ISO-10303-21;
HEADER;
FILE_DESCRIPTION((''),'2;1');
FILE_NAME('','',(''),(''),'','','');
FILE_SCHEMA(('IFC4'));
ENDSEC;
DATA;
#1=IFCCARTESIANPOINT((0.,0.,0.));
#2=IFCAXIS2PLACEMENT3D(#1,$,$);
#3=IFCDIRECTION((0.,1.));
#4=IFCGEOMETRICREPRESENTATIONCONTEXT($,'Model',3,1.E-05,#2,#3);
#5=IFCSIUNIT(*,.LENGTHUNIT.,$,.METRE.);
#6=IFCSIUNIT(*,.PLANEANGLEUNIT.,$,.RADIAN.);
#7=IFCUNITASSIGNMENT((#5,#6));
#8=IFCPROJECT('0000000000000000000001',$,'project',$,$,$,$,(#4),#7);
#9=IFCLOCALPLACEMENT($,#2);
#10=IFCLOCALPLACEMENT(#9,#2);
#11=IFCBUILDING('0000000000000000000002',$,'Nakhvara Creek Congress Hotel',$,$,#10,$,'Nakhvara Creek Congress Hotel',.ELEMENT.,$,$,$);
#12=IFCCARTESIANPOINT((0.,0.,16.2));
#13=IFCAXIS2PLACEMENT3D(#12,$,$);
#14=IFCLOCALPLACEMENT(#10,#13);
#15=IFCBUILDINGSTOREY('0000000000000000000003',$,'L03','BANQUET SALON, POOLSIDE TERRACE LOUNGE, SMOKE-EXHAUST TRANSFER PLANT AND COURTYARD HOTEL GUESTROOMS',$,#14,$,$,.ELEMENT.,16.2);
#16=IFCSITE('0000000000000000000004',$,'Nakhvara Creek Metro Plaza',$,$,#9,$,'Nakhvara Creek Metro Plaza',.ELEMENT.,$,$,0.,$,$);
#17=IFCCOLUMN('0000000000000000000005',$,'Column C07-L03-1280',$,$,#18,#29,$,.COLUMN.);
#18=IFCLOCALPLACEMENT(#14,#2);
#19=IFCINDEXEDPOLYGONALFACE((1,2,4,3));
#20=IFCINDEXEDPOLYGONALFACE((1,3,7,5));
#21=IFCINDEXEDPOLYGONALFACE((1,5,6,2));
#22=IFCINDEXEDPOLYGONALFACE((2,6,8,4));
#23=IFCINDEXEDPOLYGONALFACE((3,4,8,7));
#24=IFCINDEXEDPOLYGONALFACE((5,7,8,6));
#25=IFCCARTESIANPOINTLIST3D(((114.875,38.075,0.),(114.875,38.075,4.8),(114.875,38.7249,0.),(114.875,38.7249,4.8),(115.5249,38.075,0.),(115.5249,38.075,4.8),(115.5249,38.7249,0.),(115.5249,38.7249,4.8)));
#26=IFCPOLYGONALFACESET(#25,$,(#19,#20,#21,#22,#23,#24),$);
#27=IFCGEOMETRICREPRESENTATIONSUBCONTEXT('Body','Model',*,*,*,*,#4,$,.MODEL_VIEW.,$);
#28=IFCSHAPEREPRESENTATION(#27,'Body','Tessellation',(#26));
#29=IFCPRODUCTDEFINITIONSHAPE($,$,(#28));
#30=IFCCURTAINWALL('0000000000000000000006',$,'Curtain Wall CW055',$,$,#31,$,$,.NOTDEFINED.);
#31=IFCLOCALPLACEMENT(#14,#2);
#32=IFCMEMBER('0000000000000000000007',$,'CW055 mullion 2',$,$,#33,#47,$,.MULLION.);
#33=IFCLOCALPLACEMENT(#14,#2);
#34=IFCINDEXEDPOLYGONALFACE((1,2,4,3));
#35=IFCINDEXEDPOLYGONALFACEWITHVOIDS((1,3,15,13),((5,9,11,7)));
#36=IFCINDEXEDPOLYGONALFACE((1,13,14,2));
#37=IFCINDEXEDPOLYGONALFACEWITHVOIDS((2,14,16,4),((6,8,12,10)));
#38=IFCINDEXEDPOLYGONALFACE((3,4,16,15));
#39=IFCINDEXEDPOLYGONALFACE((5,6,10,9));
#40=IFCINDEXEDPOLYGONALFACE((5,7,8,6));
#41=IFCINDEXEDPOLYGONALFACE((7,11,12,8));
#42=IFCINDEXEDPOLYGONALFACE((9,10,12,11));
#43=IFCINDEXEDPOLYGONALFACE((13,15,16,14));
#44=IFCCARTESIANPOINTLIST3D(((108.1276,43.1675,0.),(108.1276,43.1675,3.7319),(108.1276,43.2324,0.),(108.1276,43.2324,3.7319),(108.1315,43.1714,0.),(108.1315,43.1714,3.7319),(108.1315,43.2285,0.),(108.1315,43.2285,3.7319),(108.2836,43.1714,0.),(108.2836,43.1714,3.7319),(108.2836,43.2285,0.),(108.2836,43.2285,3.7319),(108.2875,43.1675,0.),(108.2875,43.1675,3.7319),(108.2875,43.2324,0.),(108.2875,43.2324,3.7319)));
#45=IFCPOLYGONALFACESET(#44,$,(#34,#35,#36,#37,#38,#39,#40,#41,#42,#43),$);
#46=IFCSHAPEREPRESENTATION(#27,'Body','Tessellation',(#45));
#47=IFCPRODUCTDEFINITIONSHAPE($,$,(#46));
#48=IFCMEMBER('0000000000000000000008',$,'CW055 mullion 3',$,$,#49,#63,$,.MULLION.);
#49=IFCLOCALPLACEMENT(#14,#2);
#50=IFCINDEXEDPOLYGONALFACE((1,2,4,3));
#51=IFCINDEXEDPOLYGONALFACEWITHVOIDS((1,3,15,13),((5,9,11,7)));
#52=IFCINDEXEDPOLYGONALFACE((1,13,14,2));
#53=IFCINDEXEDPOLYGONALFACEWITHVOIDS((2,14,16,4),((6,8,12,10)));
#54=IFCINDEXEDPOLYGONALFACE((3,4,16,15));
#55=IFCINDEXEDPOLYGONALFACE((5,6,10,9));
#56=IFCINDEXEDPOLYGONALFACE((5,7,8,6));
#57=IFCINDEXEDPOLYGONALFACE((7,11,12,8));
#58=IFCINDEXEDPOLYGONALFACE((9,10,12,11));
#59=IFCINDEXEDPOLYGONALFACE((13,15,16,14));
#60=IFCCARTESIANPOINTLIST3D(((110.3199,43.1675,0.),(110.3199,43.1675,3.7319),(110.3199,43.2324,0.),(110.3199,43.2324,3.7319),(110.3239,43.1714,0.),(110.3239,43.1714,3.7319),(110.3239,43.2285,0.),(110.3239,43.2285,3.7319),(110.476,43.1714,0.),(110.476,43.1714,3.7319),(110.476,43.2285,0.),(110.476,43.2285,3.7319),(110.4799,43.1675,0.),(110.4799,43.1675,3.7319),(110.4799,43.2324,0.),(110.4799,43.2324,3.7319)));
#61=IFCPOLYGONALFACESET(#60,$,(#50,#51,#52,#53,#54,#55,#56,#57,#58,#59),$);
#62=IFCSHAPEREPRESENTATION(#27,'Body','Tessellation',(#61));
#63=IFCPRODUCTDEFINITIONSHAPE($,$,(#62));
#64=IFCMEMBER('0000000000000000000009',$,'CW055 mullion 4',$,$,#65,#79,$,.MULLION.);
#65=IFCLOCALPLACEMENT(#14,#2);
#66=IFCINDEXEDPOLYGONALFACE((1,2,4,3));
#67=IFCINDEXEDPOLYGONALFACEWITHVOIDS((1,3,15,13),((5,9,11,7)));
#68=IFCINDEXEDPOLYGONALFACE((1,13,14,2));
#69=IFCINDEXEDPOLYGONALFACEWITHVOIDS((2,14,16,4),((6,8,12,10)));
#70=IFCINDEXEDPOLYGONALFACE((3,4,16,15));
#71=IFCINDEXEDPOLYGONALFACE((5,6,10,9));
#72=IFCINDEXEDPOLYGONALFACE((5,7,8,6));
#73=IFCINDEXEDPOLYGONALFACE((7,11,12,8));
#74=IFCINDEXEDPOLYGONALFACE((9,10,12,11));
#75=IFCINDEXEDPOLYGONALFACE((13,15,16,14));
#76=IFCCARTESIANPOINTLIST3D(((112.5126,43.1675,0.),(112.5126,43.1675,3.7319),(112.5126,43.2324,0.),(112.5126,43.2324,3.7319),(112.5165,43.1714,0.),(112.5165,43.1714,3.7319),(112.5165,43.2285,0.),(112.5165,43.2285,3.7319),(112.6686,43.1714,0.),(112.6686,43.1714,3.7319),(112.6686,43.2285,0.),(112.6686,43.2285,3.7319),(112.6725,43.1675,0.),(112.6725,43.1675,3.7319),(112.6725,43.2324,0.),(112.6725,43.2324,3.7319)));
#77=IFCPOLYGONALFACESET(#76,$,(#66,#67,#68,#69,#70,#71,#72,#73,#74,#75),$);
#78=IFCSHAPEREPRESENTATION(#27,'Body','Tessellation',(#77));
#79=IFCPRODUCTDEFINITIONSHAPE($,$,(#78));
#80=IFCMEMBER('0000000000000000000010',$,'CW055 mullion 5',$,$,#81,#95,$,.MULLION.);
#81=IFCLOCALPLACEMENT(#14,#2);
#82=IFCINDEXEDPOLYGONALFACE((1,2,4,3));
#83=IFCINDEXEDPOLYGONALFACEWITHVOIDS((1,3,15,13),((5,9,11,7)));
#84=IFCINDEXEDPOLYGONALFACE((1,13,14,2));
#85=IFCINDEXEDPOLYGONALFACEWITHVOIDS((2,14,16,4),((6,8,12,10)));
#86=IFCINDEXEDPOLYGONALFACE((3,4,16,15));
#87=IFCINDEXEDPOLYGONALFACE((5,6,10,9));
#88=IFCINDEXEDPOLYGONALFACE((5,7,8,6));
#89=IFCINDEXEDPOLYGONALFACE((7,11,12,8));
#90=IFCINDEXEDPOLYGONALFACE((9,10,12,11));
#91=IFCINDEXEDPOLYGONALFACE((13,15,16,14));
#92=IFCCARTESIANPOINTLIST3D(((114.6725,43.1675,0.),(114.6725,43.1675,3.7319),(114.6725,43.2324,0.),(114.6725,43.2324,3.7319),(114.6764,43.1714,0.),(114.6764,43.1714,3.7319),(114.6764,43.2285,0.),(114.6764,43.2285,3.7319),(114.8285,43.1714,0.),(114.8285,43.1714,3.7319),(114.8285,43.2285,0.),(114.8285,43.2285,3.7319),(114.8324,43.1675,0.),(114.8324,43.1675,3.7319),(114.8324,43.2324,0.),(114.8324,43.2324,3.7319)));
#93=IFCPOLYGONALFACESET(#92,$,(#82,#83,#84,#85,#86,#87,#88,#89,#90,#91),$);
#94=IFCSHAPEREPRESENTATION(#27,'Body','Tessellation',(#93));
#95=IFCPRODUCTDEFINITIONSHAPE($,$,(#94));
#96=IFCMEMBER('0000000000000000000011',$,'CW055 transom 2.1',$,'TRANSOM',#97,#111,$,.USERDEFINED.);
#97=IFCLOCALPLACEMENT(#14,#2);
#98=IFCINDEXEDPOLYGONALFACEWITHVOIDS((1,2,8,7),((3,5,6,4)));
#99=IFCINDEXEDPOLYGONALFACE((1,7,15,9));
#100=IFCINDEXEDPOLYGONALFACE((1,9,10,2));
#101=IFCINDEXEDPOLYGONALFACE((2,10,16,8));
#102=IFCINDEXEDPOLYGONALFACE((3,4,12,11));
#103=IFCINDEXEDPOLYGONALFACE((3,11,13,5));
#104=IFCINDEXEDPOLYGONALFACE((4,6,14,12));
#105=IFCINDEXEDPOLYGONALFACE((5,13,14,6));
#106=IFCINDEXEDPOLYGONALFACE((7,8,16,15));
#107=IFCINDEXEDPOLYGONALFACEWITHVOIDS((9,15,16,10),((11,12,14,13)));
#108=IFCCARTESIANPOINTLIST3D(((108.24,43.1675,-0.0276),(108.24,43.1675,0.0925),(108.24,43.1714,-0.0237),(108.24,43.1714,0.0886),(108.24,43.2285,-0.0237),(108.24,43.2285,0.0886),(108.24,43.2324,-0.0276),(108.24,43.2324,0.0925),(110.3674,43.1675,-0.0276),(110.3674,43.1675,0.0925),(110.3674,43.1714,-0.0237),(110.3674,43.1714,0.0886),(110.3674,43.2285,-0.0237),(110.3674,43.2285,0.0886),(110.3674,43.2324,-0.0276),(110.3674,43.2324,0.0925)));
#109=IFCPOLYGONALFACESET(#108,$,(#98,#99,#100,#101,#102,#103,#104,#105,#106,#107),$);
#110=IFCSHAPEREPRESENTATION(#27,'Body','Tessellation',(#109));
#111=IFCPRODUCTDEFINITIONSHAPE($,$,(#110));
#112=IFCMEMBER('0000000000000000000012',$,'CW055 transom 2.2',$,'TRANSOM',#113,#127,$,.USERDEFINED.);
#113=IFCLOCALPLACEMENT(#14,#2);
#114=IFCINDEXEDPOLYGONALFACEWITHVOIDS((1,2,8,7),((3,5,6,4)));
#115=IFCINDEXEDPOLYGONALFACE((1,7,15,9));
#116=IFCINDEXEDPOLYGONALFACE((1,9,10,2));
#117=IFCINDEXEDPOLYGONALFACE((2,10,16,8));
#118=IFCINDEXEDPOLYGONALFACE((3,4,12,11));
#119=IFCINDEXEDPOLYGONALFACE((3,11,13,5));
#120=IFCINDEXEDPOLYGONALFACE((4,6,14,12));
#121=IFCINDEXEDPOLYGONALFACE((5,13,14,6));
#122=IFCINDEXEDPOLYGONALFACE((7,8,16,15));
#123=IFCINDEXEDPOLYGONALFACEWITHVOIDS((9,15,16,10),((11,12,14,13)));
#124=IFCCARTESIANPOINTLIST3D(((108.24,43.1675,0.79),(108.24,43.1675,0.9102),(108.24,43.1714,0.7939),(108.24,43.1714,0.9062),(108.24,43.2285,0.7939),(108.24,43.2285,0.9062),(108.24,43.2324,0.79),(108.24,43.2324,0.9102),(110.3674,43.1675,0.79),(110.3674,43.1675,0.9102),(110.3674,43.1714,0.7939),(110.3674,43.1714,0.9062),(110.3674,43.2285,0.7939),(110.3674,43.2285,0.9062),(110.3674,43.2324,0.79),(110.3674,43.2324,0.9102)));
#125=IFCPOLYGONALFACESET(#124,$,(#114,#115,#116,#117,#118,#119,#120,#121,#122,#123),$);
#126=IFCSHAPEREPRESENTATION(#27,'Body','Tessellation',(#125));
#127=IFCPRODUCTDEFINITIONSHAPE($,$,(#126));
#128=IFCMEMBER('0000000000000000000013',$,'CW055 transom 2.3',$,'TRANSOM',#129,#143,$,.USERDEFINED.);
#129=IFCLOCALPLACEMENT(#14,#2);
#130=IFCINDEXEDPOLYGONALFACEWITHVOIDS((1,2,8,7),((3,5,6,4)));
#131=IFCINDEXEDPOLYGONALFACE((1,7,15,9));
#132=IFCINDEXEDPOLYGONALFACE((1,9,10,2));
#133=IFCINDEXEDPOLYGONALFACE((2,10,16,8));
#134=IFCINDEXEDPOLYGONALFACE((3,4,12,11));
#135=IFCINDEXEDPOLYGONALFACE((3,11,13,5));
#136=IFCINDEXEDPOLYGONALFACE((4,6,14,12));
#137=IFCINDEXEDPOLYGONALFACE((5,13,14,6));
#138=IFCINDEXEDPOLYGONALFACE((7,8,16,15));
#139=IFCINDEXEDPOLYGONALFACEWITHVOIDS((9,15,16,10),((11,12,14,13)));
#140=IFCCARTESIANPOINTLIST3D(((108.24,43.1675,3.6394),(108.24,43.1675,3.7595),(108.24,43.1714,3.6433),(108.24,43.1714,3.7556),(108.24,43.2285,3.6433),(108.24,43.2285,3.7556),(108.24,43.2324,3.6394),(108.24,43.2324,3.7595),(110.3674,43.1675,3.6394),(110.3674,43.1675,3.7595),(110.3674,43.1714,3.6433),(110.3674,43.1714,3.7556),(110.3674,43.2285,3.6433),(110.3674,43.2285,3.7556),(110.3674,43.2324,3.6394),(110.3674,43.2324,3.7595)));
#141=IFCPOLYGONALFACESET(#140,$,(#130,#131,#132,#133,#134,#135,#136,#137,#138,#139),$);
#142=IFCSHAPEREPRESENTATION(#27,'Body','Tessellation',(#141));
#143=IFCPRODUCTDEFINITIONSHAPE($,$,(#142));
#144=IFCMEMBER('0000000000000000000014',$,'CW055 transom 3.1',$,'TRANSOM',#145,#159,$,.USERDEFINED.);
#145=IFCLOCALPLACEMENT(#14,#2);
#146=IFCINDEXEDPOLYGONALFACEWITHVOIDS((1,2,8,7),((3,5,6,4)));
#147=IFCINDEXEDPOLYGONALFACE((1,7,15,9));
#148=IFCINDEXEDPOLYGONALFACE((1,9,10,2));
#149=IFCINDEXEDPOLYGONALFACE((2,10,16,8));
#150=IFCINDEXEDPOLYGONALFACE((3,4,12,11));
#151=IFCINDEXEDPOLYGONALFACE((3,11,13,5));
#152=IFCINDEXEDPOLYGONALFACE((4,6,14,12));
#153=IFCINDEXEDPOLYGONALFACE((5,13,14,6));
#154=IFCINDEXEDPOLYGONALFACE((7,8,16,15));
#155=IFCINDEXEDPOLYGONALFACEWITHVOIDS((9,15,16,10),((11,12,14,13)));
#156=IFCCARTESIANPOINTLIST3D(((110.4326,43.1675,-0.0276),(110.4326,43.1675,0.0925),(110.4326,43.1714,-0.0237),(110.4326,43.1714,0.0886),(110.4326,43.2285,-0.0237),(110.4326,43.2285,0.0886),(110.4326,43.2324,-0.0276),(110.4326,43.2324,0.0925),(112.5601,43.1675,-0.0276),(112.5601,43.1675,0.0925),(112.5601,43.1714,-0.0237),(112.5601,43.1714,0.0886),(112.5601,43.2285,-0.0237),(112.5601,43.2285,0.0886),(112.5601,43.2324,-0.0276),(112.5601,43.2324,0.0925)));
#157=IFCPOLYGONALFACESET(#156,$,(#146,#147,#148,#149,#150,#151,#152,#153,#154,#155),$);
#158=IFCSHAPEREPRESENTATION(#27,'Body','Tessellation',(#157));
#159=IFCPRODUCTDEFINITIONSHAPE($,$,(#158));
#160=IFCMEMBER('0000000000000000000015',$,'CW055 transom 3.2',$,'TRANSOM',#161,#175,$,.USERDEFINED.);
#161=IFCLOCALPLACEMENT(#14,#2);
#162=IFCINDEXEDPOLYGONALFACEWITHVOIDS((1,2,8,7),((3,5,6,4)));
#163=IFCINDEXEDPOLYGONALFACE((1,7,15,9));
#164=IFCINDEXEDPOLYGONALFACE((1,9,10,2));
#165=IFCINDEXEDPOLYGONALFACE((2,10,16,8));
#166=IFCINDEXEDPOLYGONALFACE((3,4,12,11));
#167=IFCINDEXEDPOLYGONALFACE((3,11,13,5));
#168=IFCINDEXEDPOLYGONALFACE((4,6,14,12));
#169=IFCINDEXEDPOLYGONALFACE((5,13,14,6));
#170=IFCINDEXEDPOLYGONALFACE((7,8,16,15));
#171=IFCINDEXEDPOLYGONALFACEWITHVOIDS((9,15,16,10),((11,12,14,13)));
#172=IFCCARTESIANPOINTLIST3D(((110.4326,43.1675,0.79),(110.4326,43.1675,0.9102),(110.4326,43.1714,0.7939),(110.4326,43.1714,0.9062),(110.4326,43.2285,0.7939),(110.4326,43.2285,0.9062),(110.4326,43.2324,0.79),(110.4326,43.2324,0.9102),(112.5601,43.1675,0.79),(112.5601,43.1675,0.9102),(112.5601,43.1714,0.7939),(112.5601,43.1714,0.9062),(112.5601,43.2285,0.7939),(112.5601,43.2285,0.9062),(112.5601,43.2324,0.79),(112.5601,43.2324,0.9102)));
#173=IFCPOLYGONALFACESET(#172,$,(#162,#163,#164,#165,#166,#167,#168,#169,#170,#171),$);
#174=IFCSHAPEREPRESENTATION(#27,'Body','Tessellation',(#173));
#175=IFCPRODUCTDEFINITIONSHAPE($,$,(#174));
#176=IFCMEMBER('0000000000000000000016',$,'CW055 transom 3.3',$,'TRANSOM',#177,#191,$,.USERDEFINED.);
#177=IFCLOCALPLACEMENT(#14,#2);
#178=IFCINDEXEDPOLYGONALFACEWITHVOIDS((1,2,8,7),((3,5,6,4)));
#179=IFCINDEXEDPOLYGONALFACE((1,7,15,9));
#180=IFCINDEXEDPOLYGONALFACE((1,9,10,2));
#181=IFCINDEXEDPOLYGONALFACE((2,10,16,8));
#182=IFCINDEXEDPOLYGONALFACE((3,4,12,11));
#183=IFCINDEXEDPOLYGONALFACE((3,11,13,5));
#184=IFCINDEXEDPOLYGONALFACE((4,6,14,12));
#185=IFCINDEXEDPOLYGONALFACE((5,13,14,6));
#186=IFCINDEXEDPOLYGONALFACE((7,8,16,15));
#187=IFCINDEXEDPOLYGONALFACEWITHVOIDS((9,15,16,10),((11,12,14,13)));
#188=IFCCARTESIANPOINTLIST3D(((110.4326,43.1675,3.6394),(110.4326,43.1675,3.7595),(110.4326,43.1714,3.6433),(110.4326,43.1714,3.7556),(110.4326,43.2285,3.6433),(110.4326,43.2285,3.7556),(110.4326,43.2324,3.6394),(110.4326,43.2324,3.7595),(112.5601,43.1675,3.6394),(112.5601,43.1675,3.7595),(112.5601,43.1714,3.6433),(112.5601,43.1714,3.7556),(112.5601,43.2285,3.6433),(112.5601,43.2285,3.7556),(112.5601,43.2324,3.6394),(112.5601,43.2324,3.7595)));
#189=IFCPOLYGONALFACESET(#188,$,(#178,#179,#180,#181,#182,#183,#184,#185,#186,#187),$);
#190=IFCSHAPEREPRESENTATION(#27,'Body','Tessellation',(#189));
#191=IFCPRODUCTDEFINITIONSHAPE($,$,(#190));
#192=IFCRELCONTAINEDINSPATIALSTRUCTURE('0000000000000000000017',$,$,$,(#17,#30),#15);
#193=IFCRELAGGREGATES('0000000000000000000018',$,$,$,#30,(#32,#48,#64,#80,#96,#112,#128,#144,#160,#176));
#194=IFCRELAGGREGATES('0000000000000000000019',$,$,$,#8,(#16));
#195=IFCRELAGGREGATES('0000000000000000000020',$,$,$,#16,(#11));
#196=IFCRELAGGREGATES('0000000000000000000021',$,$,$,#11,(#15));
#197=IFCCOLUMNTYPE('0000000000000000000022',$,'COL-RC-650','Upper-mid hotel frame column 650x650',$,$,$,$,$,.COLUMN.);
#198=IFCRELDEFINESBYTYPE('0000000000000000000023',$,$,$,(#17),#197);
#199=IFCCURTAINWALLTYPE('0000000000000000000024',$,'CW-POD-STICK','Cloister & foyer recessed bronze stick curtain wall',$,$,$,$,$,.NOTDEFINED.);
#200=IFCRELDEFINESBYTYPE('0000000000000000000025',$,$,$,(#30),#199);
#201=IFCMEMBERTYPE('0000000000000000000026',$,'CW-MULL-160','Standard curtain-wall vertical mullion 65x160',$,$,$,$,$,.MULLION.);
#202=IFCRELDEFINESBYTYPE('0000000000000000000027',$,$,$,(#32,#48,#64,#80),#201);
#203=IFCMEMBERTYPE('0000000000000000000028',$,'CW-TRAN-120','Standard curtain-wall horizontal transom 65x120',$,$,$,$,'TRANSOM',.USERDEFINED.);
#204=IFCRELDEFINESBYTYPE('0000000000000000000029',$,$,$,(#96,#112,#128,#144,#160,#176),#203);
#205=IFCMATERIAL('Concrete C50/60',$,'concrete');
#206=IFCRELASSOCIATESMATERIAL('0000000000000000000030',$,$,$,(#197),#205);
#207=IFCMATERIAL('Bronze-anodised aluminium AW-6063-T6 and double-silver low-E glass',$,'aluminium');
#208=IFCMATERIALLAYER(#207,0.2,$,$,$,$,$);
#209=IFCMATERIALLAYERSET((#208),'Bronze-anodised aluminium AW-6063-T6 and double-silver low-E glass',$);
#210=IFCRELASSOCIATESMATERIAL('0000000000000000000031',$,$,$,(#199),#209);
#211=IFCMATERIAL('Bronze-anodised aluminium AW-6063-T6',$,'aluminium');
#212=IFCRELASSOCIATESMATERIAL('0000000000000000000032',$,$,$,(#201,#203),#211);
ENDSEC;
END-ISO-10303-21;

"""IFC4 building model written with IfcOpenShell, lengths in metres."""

from ifc_helpers import new_model, si_unit, direction, frame, origin, origin_2d, place, context, subcontext, project, spatial, rectangle, hollow_rectangle, extrude, material, layer, layer_set, material_profile, profile_set, type_object, element, aggregate, save


model = new_model("IFC4")

# Units and contexts
model_context = context("Model", 3, precision=1e-05, world=origin(), true_north=direction((0.0, 1.0)))
body_context = subcontext(model_context, "Body", "Model", "MODEL_VIEW")
ifc_project = project(units=[si_unit("LENGTHUNIT", "METRE"), si_unit("PLANEANGLEUNIT", "RADIAN")], contexts=[model_context])

# Site, building, storey
site_placement = place(None, origin())
site = spatial("IfcSite", under=ifc_project, at=site_placement, Name="Nakhvara Creek Metro Plaza", LongName="Nakhvara Creek Metro Plaza", CompositionType="ELEMENT", RefElevation=0.0)
building_placement = place(site_placement, origin())
building = spatial("IfcBuilding", under=site, at=building_placement, Name="Nakhvara Creek Congress Hotel", LongName="Nakhvara Creek Congress Hotel", CompositionType="ELEMENT")
storey_placement = place(building_placement, frame((0.0, 0.0, 16.2)))
storey = spatial("IfcBuildingStorey", under=building, at=storey_placement, Name="L03", Description="BANQUET SALON, POOLSIDE TERRACE LOUNGE, SMOKE-EXHAUST TRANSFER PLANT AND COURTYARD HOTEL GUESTROOMS", CompositionType="ELEMENT", Elevation=16.2)

# Column
ifc_material_1 = material(Name="Concrete C50/60", Category="concrete")
ifc_material_profile_1 = material_profile(ifc_material_1, rectangle(XDim=0.6499, YDim=0.6499, at=origin_2d()), Name="RC-COL 650x650", Category="LoadBearing")
ifc_profile_set_1 = profile_set([ifc_material_profile_1], Name="Concrete C50/60")
column_type = type_object("IfcColumnType", Name="COL-RC-650", Description="Upper-mid hotel frame column 650x650", PredefinedType="COLUMN", material=ifc_profile_set_1)
column_placement = place(storey_placement, frame((115.2, 38.3999, 0.0), z_axis=(0.0, 0.0, 1.0), x_axis=(1.0, 0.0, 0.0)))
element("IfcColumn", 1, at=column_placement, inside=storey, type_object=column_type, Name="Column C07-L03-1280", PredefinedType="COLUMN", context=body_context, shape_type="SweptSolid", body=[
    extrude(rectangle(XDim=0.6499, YDim=0.6499, at=origin_2d()), origin(), (0.0, 0.0, 1.0), 4.8),
])

# Curtain wall, members
ifc_material_2 = material(Name="Bronze-anodised aluminium AW-6063-T6 and double-silver low-E glass", Category="aluminium")
ifc_layer = layer(ifc_material_2, 0.2)
ifc_layer_set = layer_set([ifc_layer], Name="Bronze-anodised aluminium AW-6063-T6 and double-silver low-E glass")
curtain_wall_type = type_object("IfcCurtainWallType", Name="CW-POD-STICK", Description="Cloister & foyer recessed bronze stick curtain wall", PredefinedType="NOTDEFINED", material=ifc_layer_set)
curtain_wall_placement = place(storey_placement, origin())
curtain_wall = element("IfcCurtainWall", 2, at=curtain_wall_placement, inside=storey, type_object=curtain_wall_type, Name="Curtain Wall CW055", PredefinedType="NOTDEFINED")
ifc_material_3 = material(Name="Bronze-anodised aluminium AW-6063-T6", Category="aluminium")
ifc_material_profile_2 = material_profile(ifc_material_3, hollow_rectangle(XDim=0.0649, YDim=0.1599, WallThickness=0.0039, at=origin_2d()), Name="ALU-MULL 65x160x4", Category="LoadBearing")
ifc_profile_set_2 = profile_set([ifc_material_profile_2], Name="Bronze-anodised aluminium AW-6063-T6")
member_type_1 = type_object("IfcMemberType", Name="CW-MULL-160", Description="Standard curtain-wall vertical mullion 65x160", PredefinedType="MULLION", material=ifc_profile_set_2)
member_1_placement = place(storey_placement, frame((108.2075, 43.2, 0.0), z_axis=(0.0, 0.0, 1.0), x_axis=(0.0, 1.0, 0.0)))
member_1 = element("IfcMember", 3, at=member_1_placement, type_object=member_type_1, Name="CW055 mullion 2", PredefinedType="MULLION", context=body_context, shape_type="SweptSolid", body=[
    extrude(hollow_rectangle(XDim=0.0649, YDim=0.1599, WallThickness=0.0039, at=origin_2d()), origin(), (0.0, 0.0, 1.0), 3.7319),
])
member_2_placement = place(storey_placement, frame((110.3999, 43.2, 0.0), z_axis=(0.0, 0.0, 1.0), x_axis=(0.0, 1.0, 0.0)))
member_2 = element("IfcMember", 4, at=member_2_placement, type_object=member_type_1, Name="CW055 mullion 3", PredefinedType="MULLION", context=body_context, shape_type="SweptSolid", body=[
    extrude(hollow_rectangle(XDim=0.0649, YDim=0.1599, WallThickness=0.0039, at=origin_2d()), origin(), (0.0, 0.0, 1.0), 3.7319),
])
member_3_placement = place(storey_placement, frame((112.5925, 43.2, 0.0), z_axis=(0.0, 0.0, 1.0), x_axis=(0.0, 1.0, 0.0)))
member_3 = element("IfcMember", 5, at=member_3_placement, type_object=member_type_1, Name="CW055 mullion 4", PredefinedType="MULLION", context=body_context, shape_type="SweptSolid", body=[
    extrude(hollow_rectangle(XDim=0.0649, YDim=0.1599, WallThickness=0.0039, at=origin_2d()), origin(), (0.0, 0.0, 1.0), 3.7319),
])
member_4_placement = place(storey_placement, frame((114.7524, 43.2, 0.0), z_axis=(0.0, 0.0, 1.0), x_axis=(0.0, 1.0, 0.0)))
member_4 = element("IfcMember", 6, at=member_4_placement, type_object=member_type_1, Name="CW055 mullion 5", PredefinedType="MULLION", context=body_context, shape_type="SweptSolid", body=[
    extrude(hollow_rectangle(XDim=0.0649, YDim=0.1599, WallThickness=0.0039, at=origin_2d()), origin(), (0.0, 0.0, 1.0), 3.7319),
])
ifc_material_profile_3 = material_profile(ifc_material_3, hollow_rectangle(XDim=0.0649, YDim=0.1201, WallThickness=0.0039, at=origin_2d()), Name="ALU-TRAN 65x120x4", Category="LoadBearing")
ifc_profile_set_3 = profile_set([ifc_material_profile_3], Name="Bronze-anodised aluminium AW-6063-T6")
member_type_2 = type_object("IfcMemberType", Name="CW-TRAN-120", Description="Standard curtain-wall horizontal transom 65x120", ElementType="TRANSOM", PredefinedType="USERDEFINED", material=ifc_profile_set_3)
member_5_placement = place(storey_placement, frame((108.24, 43.2, 0.0325), z_axis=(1.0, 0.0, 0.0), x_axis=(0.0, 1.0, 0.0)))
member_5 = element("IfcMember", 7, at=member_5_placement, type_object=member_type_2, Name="CW055 transom 2.1", ObjectType="TRANSOM", PredefinedType="USERDEFINED", context=body_context, shape_type="SweptSolid", body=[
    extrude(hollow_rectangle(XDim=0.0649, YDim=0.1201, WallThickness=0.0039, at=origin_2d()), origin(), (0.0, 0.0, 1.0), 2.1274),
])
member_6_placement = place(storey_placement, frame((108.24, 43.2, 0.8501), z_axis=(1.0, 0.0, 0.0), x_axis=(0.0, 1.0, 0.0)))
member_6 = element("IfcMember", 8, at=member_6_placement, type_object=member_type_2, Name="CW055 transom 2.2", ObjectType="TRANSOM", PredefinedType="USERDEFINED", context=body_context, shape_type="SweptSolid", body=[
    extrude(hollow_rectangle(XDim=0.0649, YDim=0.1201, WallThickness=0.0039, at=origin_2d()), origin(), (0.0, 0.0, 1.0), 2.1274),
])
member_7_placement = place(storey_placement, frame((108.24, 43.2, 3.6995), z_axis=(1.0, 0.0, 0.0), x_axis=(0.0, 1.0, 0.0)))
member_7 = element("IfcMember", 9, at=member_7_placement, type_object=member_type_2, Name="CW055 transom 2.3", ObjectType="TRANSOM", PredefinedType="USERDEFINED", context=body_context, shape_type="SweptSolid", body=[
    extrude(hollow_rectangle(XDim=0.0649, YDim=0.1201, WallThickness=0.0039, at=origin_2d()), origin(), (0.0, 0.0, 1.0), 2.1274),
])
member_8_placement = place(storey_placement, frame((110.4326, 43.2, 0.0325), z_axis=(1.0, 0.0, 0.0), x_axis=(0.0, 1.0, 0.0)))
member_8 = element("IfcMember", 10, at=member_8_placement, type_object=member_type_2, Name="CW055 transom 3.1", ObjectType="TRANSOM", PredefinedType="USERDEFINED", context=body_context, shape_type="SweptSolid", body=[
    extrude(hollow_rectangle(XDim=0.0649, YDim=0.1201, WallThickness=0.0039, at=origin_2d()), origin(), (0.0, 0.0, 1.0), 2.1274),
])
member_9_placement = place(storey_placement, frame((110.4326, 43.2, 0.8501), z_axis=(1.0, 0.0, 0.0), x_axis=(0.0, 1.0, 0.0)))
member_9 = element("IfcMember", 11, at=member_9_placement, type_object=member_type_2, Name="CW055 transom 3.2", ObjectType="TRANSOM", PredefinedType="USERDEFINED", context=body_context, shape_type="SweptSolid", body=[
    extrude(hollow_rectangle(XDim=0.0649, YDim=0.1201, WallThickness=0.0039, at=origin_2d()), origin(), (0.0, 0.0, 1.0), 2.1274),
])
member_10_placement = place(storey_placement, frame((110.4326, 43.2, 3.6995), z_axis=(1.0, 0.0, 0.0), x_axis=(0.0, 1.0, 0.0)))
member_10 = element("IfcMember", 12, at=member_10_placement, type_object=member_type_2, Name="CW055 transom 3.3", ObjectType="TRANSOM", PredefinedType="USERDEFINED", context=body_context, shape_type="SweptSolid", body=[
    extrude(hollow_rectangle(XDim=0.0649, YDim=0.1201, WallThickness=0.0039, at=origin_2d()), origin(), (0.0, 0.0, 1.0), 2.1274),
])
aggregate(curtain_wall, [member_1, member_2, member_3, member_4, member_5, member_6, member_7, member_8, member_9, member_10])

save(model, "model.ifc")
